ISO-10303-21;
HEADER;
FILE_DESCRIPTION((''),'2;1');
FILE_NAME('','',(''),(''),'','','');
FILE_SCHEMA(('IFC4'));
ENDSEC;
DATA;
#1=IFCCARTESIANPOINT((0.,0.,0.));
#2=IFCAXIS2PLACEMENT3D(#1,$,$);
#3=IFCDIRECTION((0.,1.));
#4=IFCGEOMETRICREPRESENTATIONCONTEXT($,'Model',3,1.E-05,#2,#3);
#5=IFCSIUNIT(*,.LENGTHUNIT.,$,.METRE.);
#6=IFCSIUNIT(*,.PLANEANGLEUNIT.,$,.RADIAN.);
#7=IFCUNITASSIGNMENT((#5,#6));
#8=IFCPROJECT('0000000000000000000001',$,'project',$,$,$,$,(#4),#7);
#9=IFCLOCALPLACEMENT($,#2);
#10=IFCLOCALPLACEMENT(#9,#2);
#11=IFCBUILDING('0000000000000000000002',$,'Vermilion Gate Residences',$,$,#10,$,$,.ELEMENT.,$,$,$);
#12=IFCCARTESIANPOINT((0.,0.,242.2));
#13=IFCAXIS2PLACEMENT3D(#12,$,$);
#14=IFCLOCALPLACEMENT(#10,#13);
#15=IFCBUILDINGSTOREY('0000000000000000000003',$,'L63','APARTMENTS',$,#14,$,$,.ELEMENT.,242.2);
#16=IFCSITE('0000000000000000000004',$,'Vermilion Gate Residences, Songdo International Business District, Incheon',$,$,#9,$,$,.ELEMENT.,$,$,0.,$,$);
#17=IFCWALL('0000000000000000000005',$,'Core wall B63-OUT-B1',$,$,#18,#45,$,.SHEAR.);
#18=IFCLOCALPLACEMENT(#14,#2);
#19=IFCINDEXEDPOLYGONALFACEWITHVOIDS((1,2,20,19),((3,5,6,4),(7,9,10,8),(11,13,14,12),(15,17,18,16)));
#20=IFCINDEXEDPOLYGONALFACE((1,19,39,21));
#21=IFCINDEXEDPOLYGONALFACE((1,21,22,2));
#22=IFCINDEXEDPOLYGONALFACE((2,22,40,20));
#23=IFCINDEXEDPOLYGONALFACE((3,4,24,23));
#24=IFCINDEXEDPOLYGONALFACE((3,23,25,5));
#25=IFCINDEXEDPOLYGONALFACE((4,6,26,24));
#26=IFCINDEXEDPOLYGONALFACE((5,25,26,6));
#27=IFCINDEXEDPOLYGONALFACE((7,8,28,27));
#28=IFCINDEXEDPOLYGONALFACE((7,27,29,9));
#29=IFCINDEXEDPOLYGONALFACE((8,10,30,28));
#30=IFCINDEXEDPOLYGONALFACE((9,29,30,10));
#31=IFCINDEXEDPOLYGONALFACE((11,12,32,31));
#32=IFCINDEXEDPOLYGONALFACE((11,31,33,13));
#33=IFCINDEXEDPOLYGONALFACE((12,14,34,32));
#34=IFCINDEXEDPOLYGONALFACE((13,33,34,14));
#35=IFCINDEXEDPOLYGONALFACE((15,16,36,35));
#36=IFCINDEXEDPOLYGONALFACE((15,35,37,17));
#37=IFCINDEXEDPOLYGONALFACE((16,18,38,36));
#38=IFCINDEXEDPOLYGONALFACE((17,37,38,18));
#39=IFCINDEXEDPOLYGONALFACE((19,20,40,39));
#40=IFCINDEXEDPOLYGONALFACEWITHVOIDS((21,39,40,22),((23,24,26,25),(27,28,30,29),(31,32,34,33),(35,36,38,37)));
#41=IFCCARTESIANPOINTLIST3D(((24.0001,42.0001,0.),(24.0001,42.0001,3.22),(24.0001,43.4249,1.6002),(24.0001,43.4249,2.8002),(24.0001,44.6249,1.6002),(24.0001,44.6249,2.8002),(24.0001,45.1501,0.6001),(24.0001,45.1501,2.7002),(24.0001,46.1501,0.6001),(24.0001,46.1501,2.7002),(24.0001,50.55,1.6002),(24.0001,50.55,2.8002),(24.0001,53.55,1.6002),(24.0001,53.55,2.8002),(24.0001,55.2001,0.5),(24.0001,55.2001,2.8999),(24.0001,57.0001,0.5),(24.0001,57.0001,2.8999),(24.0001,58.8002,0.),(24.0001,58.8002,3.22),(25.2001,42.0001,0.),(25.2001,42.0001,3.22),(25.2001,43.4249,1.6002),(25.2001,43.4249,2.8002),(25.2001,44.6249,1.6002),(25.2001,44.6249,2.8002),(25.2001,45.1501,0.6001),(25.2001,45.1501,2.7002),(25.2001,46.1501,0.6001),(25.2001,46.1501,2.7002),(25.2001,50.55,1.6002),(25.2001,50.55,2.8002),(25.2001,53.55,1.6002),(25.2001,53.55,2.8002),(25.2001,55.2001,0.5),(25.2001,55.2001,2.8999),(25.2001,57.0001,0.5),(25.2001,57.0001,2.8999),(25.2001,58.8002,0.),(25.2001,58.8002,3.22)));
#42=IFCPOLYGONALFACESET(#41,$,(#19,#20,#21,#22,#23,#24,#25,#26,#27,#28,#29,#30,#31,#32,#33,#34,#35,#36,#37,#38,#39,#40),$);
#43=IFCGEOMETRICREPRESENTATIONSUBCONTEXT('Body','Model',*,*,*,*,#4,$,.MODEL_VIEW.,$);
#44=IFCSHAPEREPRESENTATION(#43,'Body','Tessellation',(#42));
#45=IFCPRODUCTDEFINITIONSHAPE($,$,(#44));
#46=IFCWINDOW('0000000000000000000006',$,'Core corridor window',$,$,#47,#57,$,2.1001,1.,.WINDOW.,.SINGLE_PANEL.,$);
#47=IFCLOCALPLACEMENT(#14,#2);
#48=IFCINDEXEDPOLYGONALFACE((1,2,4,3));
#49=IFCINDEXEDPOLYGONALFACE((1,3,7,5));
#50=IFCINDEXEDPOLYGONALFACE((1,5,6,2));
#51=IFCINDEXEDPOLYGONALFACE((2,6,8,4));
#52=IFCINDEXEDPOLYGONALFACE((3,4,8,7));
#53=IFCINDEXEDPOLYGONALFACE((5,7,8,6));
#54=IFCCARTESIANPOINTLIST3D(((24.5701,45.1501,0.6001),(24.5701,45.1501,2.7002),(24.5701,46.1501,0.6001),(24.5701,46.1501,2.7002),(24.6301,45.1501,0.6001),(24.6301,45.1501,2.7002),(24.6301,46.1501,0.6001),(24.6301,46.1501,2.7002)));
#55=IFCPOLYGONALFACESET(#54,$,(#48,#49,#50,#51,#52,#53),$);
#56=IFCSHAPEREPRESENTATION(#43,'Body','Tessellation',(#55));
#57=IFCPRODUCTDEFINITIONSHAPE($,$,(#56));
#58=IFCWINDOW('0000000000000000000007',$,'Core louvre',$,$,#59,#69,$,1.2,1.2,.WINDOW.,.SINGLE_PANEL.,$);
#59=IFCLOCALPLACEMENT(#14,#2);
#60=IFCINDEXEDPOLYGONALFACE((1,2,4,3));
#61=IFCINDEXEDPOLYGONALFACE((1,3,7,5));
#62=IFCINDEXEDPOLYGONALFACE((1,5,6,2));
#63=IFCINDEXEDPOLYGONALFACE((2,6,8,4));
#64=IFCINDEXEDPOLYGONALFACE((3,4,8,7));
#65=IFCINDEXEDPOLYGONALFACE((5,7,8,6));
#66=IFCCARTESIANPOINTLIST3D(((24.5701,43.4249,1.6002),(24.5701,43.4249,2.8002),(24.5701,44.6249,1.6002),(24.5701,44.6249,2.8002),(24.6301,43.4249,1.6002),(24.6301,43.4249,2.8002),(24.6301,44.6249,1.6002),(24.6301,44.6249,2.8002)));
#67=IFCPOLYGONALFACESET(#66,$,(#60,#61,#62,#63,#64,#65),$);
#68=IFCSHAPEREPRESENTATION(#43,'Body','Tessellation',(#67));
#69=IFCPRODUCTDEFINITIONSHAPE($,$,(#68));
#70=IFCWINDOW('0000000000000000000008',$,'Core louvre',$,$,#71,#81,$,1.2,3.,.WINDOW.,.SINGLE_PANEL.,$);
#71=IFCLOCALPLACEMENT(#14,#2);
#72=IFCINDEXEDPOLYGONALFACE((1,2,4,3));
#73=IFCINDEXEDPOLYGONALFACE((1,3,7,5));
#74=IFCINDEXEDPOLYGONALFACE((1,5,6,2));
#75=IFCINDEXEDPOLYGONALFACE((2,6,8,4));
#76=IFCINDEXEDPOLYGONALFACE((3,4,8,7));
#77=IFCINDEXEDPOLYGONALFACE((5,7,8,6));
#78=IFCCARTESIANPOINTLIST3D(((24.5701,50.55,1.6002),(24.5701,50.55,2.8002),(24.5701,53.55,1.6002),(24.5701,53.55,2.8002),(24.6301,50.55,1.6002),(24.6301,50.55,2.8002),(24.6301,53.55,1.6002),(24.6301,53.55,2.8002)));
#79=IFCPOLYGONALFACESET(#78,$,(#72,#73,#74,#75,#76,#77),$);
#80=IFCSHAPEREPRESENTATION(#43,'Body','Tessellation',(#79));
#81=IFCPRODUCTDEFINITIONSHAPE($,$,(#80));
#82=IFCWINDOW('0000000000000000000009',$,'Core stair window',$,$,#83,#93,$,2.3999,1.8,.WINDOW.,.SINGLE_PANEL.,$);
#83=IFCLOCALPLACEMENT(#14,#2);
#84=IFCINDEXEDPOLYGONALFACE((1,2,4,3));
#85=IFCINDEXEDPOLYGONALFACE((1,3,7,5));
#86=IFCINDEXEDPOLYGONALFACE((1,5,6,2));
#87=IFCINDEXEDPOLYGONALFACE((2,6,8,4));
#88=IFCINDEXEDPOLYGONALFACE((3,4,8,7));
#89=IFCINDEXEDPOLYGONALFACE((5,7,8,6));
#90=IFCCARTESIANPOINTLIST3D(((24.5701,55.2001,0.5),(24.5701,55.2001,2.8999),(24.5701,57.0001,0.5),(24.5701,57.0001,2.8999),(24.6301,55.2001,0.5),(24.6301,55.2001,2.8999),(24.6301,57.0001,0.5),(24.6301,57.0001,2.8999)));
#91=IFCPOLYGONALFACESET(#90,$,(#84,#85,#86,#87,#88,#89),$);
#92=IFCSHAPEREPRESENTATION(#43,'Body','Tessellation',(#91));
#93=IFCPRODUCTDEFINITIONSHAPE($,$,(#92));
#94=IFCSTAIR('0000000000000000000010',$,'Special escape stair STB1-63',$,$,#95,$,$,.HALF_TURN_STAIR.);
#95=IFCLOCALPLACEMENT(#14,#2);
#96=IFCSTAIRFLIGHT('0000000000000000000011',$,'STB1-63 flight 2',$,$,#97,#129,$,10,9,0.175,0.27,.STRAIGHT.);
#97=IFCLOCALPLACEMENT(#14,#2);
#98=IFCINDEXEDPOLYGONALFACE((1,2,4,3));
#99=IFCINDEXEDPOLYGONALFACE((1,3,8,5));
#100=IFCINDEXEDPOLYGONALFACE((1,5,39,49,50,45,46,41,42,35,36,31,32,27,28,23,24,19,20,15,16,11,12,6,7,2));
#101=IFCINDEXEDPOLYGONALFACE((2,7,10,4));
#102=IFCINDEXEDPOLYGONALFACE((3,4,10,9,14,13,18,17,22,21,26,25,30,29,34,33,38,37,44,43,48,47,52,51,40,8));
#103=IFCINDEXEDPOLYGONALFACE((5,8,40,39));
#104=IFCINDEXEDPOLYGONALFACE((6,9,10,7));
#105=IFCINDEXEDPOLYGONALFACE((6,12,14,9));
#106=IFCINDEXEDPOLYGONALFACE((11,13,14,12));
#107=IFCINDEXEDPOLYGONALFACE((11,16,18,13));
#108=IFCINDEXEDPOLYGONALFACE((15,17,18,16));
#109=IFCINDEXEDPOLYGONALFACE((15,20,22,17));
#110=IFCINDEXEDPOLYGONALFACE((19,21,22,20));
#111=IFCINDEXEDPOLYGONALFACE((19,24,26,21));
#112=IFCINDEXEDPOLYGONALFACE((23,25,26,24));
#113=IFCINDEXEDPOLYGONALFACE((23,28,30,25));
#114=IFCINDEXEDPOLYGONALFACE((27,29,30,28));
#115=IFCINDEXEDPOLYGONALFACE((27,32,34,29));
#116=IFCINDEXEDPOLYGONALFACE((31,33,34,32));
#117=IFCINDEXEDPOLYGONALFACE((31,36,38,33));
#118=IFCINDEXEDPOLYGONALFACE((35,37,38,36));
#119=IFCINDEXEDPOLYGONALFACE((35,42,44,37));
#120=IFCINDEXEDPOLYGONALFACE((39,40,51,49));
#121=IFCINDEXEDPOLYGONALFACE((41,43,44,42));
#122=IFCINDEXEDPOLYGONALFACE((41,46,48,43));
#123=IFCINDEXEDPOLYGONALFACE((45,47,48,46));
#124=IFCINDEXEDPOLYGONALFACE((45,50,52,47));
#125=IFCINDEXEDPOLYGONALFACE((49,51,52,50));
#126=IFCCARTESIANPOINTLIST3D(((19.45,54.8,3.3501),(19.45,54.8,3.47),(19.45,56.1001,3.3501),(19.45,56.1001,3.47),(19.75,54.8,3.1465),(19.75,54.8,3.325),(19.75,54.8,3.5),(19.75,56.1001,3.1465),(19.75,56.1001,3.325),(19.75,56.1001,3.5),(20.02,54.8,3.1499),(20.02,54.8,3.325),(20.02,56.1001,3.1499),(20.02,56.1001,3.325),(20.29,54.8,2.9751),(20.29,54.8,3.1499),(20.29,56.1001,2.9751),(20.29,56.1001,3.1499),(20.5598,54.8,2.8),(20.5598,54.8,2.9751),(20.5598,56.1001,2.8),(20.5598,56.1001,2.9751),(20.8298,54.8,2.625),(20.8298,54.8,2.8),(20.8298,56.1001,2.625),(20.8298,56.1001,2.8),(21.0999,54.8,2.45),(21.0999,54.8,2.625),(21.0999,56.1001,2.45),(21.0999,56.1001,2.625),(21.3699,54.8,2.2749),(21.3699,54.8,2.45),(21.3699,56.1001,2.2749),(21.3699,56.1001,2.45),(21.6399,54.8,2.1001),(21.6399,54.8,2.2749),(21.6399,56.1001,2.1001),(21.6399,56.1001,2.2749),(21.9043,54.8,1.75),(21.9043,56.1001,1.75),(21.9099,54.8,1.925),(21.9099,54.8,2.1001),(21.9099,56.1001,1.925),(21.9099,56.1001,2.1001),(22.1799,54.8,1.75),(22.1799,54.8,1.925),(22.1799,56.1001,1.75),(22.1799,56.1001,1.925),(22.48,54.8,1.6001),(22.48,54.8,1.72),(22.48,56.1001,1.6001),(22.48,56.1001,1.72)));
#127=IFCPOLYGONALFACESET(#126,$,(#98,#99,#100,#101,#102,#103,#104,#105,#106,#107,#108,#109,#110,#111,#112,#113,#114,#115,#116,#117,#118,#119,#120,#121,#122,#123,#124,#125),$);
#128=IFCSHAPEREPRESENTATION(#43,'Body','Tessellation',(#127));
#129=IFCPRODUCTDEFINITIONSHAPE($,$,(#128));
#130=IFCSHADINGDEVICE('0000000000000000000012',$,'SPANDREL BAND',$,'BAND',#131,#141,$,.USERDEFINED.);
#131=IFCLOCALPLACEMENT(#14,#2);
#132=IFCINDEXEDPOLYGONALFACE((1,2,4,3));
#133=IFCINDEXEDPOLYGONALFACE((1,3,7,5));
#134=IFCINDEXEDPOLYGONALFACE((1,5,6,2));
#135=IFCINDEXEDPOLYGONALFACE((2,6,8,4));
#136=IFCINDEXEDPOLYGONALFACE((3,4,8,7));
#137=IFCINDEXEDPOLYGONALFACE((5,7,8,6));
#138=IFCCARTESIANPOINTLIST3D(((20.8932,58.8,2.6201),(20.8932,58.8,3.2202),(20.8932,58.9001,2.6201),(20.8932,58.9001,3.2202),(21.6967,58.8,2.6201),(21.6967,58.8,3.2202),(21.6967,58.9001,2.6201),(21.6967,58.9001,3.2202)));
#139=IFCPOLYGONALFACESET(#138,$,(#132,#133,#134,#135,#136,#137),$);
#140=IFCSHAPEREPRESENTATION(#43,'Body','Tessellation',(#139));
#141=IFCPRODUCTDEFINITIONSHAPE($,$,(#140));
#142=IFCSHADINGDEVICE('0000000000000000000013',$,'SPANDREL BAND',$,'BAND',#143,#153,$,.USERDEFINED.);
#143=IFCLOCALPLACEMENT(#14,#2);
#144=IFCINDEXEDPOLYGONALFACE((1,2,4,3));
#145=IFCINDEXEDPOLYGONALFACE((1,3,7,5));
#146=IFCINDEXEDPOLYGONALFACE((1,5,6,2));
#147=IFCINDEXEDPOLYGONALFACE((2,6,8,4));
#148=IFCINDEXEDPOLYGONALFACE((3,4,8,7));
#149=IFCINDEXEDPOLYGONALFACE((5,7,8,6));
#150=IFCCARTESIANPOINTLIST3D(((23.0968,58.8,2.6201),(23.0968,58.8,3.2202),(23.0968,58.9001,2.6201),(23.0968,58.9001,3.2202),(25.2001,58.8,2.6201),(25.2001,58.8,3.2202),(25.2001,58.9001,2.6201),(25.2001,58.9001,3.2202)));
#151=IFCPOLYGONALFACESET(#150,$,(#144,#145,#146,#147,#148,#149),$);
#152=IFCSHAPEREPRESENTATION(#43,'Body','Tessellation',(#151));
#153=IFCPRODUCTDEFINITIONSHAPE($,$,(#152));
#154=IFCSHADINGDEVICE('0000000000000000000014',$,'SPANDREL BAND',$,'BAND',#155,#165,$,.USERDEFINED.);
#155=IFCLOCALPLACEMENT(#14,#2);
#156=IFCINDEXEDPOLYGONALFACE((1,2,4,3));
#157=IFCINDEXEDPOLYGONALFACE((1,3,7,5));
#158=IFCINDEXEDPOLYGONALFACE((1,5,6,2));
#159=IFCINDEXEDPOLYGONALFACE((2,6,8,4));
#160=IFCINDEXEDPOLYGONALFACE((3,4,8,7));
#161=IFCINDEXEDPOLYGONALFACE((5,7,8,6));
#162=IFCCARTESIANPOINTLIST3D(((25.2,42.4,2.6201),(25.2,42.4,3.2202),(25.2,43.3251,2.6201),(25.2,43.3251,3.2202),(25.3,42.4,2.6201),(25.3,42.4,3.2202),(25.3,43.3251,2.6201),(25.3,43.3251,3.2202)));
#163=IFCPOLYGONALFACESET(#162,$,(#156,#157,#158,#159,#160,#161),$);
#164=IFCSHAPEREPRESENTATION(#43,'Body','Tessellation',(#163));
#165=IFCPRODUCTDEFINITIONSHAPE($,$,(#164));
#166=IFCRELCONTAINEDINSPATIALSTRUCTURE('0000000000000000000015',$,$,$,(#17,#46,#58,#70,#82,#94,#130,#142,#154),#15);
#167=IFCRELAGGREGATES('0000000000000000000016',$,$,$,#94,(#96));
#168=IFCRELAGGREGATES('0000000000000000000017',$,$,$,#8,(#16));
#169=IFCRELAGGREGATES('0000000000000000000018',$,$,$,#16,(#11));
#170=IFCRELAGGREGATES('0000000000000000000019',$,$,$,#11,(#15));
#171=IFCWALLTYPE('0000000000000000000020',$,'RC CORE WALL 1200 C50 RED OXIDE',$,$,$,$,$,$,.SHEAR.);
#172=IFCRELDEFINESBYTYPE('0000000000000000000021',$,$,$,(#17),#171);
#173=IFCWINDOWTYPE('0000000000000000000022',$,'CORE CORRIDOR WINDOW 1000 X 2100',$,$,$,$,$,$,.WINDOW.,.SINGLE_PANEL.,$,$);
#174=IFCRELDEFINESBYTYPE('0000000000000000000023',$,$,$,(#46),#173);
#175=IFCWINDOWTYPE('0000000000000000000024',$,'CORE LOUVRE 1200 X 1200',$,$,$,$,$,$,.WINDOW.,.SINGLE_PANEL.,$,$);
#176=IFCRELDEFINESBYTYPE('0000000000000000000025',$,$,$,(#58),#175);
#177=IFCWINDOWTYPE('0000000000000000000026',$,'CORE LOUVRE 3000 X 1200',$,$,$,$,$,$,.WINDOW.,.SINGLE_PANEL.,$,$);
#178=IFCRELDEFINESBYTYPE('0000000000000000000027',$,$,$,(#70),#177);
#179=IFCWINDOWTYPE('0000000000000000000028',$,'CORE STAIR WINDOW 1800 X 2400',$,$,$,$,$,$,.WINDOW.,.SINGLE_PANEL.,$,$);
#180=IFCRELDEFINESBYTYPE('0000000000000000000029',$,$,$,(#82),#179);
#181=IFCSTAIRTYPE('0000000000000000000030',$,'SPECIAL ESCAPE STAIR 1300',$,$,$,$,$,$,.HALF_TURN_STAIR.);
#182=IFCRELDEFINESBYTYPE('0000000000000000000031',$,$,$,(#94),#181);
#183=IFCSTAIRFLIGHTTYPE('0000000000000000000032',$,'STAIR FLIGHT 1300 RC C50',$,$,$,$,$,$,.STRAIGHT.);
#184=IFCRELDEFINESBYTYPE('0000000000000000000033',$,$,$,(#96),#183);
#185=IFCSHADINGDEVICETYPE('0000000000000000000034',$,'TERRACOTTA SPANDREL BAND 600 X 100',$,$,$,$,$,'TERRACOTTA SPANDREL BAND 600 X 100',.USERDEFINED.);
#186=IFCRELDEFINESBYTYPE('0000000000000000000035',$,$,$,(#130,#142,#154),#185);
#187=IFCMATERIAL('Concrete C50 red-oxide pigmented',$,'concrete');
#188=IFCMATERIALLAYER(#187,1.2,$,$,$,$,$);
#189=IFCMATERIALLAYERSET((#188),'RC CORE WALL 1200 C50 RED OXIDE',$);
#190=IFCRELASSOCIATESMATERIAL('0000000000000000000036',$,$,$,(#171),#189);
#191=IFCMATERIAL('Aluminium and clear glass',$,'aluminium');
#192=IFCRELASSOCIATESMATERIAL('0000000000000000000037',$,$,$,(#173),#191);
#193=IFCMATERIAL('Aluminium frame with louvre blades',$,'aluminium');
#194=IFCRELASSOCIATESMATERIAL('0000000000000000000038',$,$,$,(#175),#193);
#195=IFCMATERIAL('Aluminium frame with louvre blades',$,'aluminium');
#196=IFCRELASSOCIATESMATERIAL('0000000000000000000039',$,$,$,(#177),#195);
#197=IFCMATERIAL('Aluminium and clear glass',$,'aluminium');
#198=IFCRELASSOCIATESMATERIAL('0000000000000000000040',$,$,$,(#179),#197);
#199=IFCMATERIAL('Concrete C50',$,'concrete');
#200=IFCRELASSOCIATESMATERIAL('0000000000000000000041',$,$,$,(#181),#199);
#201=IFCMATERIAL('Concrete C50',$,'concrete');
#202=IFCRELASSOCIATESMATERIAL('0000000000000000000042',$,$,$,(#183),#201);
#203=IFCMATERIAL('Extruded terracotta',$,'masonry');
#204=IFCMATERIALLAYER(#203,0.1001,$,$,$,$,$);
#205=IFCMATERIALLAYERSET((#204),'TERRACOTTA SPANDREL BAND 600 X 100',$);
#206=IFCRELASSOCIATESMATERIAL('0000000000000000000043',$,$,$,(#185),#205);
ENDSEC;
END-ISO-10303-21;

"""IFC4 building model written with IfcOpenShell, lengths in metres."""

from ifc_helpers import new_model, si_unit, direction, frame, frame_2d, origin, origin_2d, place, context, subcontext, project, spatial, polyline, rectangle, outline, extrude, material, layer, layer_set, type_object, element, fill, aggregate, save


model = new_model("IFC4")

# Units and contexts
model_context = context("Model", 3, precision=1e-05, world=origin(), true_north=direction((0.0, 1.0)))
body_context = subcontext(model_context, "Body", "Model", "MODEL_VIEW")
ifc_project = project(units=[si_unit("LENGTHUNIT", "METRE"), si_unit("PLANEANGLEUNIT", "RADIAN")], contexts=[model_context])

# Site, building, storey
site_placement = place(None, origin())
site = spatial("IfcSite", under=ifc_project, at=site_placement, Name="Vermilion Gate Residences, Songdo International Business District, Incheon", CompositionType="ELEMENT", RefElevation=0.0)
building_placement = place(site_placement, origin())
building = spatial("IfcBuilding", under=site, at=building_placement, Name="Vermilion Gate Residences", CompositionType="ELEMENT")
storey_placement = place(building_placement, frame((0.0, 0.0, 242.2)))
storey = spatial("IfcBuildingStorey", under=building, at=storey_placement, Name="L63", Description="APARTMENTS", CompositionType="ELEMENT", Elevation=242.2)

# Wall, openings, windows
ifc_material_1 = material(Name="Concrete C50 red-oxide pigmented", Category="concrete")
ifc_layer_1 = layer(ifc_material_1, 1.2)
ifc_layer_set_1 = layer_set([ifc_layer_1], Name="RC CORE WALL 1200 C50 RED OXIDE")
wall_type_1 = type_object("IfcWallType", Name="RC CORE WALL 1200 C50 RED OXIDE", PredefinedType="SHEAR", material=ifc_layer_set_1)
wall_1_placement = place(storey_placement, frame((24.6001, 58.8, 0.0), z_axis=(0.0, 0.0, 1.0), x_axis=(0.0, -1.0, 0.0)))
wall_1 = element("IfcWall", 1, at=wall_1_placement, inside=storey, type_object=wall_type_1, Name="Core wall B63-OUT-B1", PredefinedType="SHEAR", context=body_context, shape_type="SweptSolid", body=[
    extrude(rectangle(XDim=16.8, YDim=1.2, at=frame_2d((8.3999, 0.0))), origin(), (0.0, 0.0, 1.0), 3.22),
])
opening_1_placement = place(wall_1_placement, frame((1.8, 0.0, 0.5)))
opening_1 = element("IfcOpeningElement", 2, at=opening_1_placement, cuts=wall_1, PredefinedType="OPENING", context=body_context, shape_type="SweptSolid", body=[
    extrude(rectangle(XDim=1.8, YDim=2.3999, at=frame_2d((0.8999, 1.2))), frame((0.0, 0.6099, 0.0), z_axis=(0.0, -1.0, 0.0), x_axis=(1.0, 0.0, 0.0)), (0.0, 0.0, 1.0), 1.22),
])
opening_2_placement = place(wall_1_placement, frame((5.25, 0.0, 1.6001)))
opening_2 = element("IfcOpeningElement", 3, at=opening_2_placement, cuts=wall_1, PredefinedType="OPENING", context=body_context, shape_type="SweptSolid", body=[
    extrude(rectangle(XDim=3.0, YDim=1.2, at=frame_2d((1.5, 0.6001))), frame((0.0, 0.6099, 0.0), z_axis=(0.0, -1.0, 0.0), x_axis=(1.0, 0.0, 0.0)), (0.0, 0.0, 1.0), 1.22),
])
opening_3_placement = place(wall_1_placement, frame((12.6499, 0.0, 0.6001)))
opening_3 = element("IfcOpeningElement", 4, at=opening_3_placement, cuts=wall_1, PredefinedType="OPENING", context=body_context, shape_type="SweptSolid", body=[
    extrude(rectangle(XDim=1.0, YDim=2.1001, at=frame_2d((0.5, 1.05))), frame((0.0, 0.6099, 0.0), z_axis=(0.0, -1.0, 0.0), x_axis=(1.0, 0.0, 0.0)), (0.0, 0.0, 1.0), 1.22),
])
opening_4_placement = place(wall_1_placement, frame((14.175, 0.0, 1.6001)))
opening_4 = element("IfcOpeningElement", 5, at=opening_4_placement, cuts=wall_1, PredefinedType="OPENING", context=body_context, shape_type="SweptSolid", body=[
    extrude(rectangle(XDim=1.2, YDim=1.2, at=frame_2d((0.6001, 0.6001))), frame((0.0, 0.6099, 0.0), z_axis=(0.0, -1.0, 0.0), x_axis=(1.0, 0.0, 0.0)), (0.0, 0.0, 1.0), 1.22),
])
ifc_material_2 = material(Name="Aluminium and clear glass", Category="aluminium")
window_type_1 = type_object("IfcWindowType", Name="CORE CORRIDOR WINDOW 1000 X 2100", PartitioningType="SINGLE_PANEL", PredefinedType="WINDOW", material=ifc_material_2)
window_1_placement = place(opening_3_placement, origin())
window_1 = element("IfcWindow", 6, at=window_1_placement, inside=storey, type_object=window_type_1, Name="Core corridor window", OverallHeight=2.1001, OverallWidth=1.0, PartitioningType="SINGLE_PANEL", PredefinedType="WINDOW", context=body_context, shape_type="SweptSolid", body=[
    extrude(rectangle(XDim=1.0, YDim=2.1001, at=frame_2d((0.5, 1.05))), frame((0.0, 0.03, 0.0), z_axis=(0.0, -1.0, 0.0), x_axis=(1.0, 0.0, 0.0)), (0.0, 0.0, 1.0), 0.0601),
])
fill(opening_3, window_1)
ifc_material_3 = material(Name="Aluminium frame with louvre blades", Category="aluminium")
window_type_2 = type_object("IfcWindowType", Name="CORE LOUVRE 1200 X 1200", PartitioningType="SINGLE_PANEL", PredefinedType="WINDOW", material=ifc_material_3)
window_2_placement = place(opening_4_placement, origin())
window_2 = element("IfcWindow", 7, at=window_2_placement, inside=storey, type_object=window_type_2, Name="Core louvre", OverallHeight=1.2, OverallWidth=1.2, PartitioningType="SINGLE_PANEL", PredefinedType="WINDOW", context=body_context, shape_type="SweptSolid", body=[
    extrude(rectangle(XDim=1.2, YDim=1.2, at=frame_2d((0.6001, 0.6001))), frame((0.0, 0.03, 0.0), z_axis=(0.0, -1.0, 0.0), x_axis=(1.0, 0.0, 0.0)), (0.0, 0.0, 1.0), 0.0601),
])
fill(opening_4, window_2)
ifc_material_4 = material(Name="Aluminium frame with louvre blades", Category="aluminium")
window_type_3 = type_object("IfcWindowType", Name="CORE LOUVRE 3000 X 1200", PartitioningType="SINGLE_PANEL", PredefinedType="WINDOW", material=ifc_material_4)
window_3_placement = place(opening_2_placement, origin())
window_3 = element("IfcWindow", 8, at=window_3_placement, inside=storey, type_object=window_type_3, Name="Core louvre", OverallHeight=1.2, OverallWidth=3.0, PartitioningType="SINGLE_PANEL", PredefinedType="WINDOW", context=body_context, shape_type="SweptSolid", body=[
    extrude(rectangle(XDim=3.0, YDim=1.2, at=frame_2d((1.5, 0.6001))), frame((0.0, 0.03, 0.0), z_axis=(0.0, -1.0, 0.0), x_axis=(1.0, 0.0, 0.0)), (0.0, 0.0, 1.0), 0.0601),
])
fill(opening_2, window_3)
ifc_material_5 = material(Name="Aluminium and clear glass", Category="aluminium")
window_type_4 = type_object("IfcWindowType", Name="CORE STAIR WINDOW 1800 X 2400", PartitioningType="SINGLE_PANEL", PredefinedType="WINDOW", material=ifc_material_5)
window_4_placement = place(opening_1_placement, origin())
window_4 = element("IfcWindow", 9, at=window_4_placement, inside=storey, type_object=window_type_4, Name="Core stair window", OverallHeight=2.3999, OverallWidth=1.8, PartitioningType="SINGLE_PANEL", PredefinedType="WINDOW", context=body_context, shape_type="SweptSolid", body=[
    extrude(rectangle(XDim=1.8, YDim=2.3999, at=frame_2d((0.8999, 1.2))), frame((0.0, 0.03, 0.0), z_axis=(0.0, -1.0, 0.0), x_axis=(1.0, 0.0, 0.0)), (0.0, 0.0, 1.0), 0.0601),
])
fill(opening_1, window_4)

# Stair, stair flight
ifc_material_6 = material(Name="Concrete C50", Category="concrete")
stair_type = type_object("IfcStairType", Name="SPECIAL ESCAPE STAIR 1300", PredefinedType="HALF_TURN_STAIR", material=ifc_material_6)
stair_placement = place(storey_placement, origin())
stair = element("IfcStair", 10, at=stair_placement, inside=storey, type_object=stair_type, Name="Special escape stair STB1-63", PredefinedType="HALF_TURN_STAIR")
ifc_material_7 = material(Name="Concrete C50", Category="concrete")
stair_flight_type = type_object("IfcStairFlightType", Name="STAIR FLIGHT 1300 RC C50", PredefinedType="STRAIGHT", material=ifc_material_7)
stair_flight_placement = place(storey_placement, frame((22.1799, 55.45, 1.75), z_axis=(0.0, 0.0, 1.0), x_axis=(-1.0, 0.0, 0.0)))
stair_flight = element("IfcStairFlight", 11, at=stair_flight_placement, type_object=stair_flight_type, Name="STB1-63 flight 2", NumberOfRisers=10, NumberOfTreads=9, PredefinedType="STRAIGHT", RiserHeight=0.175, TreadLength=0.27, context=body_context, shape_type="SweptSolid", body=[
    extrude(outline(polyline([(-0.3, -0.1499), (-0.3, -0.03), (0.0, 0.0), (0.0, 0.175), (0.27, 0.175), (0.27, 0.3501), (0.54, 0.3501), (0.54, 0.5249), (0.8101, 0.5249), (0.8101, 0.7), (1.0801, 0.7), (1.0801, 0.875), (1.3501, 0.875), (1.3501, 1.05), (1.6201, 1.05), (1.6201, 1.2251), (1.8899, 1.2251), (1.8899, 1.3999), (2.1599, 1.3999), (2.1599, 1.575), (2.4299, 1.575), (2.4299, 1.75), (2.73, 1.72), (2.73, 1.6001), (2.4299, 1.3965), (0.2756, 0.0), (-0.3, -0.1499)])), frame((0.0, 0.6499, 0.0), z_axis=(0.0, -1.0, 0.0), x_axis=(1.0, 0.0, 0.0)), (0.0, 0.0, 1.0), 1.3),
])
aggregate(stair, [stair_flight])

# Shading devices
ifc_material_8 = material(Name="Extruded terracotta", Category="masonry")
ifc_layer_2 = layer(ifc_material_8, 0.1001)
ifc_layer_set_2 = layer_set([ifc_layer_2], Name="TERRACOTTA SPANDREL BAND 600 X 100")
shading_device_type = type_object("IfcShadingDeviceType", Name="TERRACOTTA SPANDREL BAND 600 X 100", ElementType="TERRACOTTA SPANDREL BAND 600 X 100", PredefinedType="USERDEFINED", material=ifc_layer_set_2)
shading_device_1_placement = place(storey_placement, frame((21.2949, 58.8501, 2.6201), z_axis=(0.0, 0.0, 1.0), x_axis=(1.0, 0.0, 0.0)))
element("IfcShadingDevice", 12, at=shading_device_1_placement, inside=storey, type_object=shading_device_type, Name="SPANDREL BAND", ObjectType="BAND", PredefinedType="USERDEFINED", context=body_context, shape_type="SweptSolid", body=[
    extrude(rectangle(XDim=0.8035, YDim=0.1001, at=origin_2d()), origin(), (0.0, 0.0, 1.0), 0.6001),
])
shading_device_2_placement = place(storey_placement, frame((24.1484, 58.8501, 2.6201), z_axis=(0.0, 0.0, 1.0), x_axis=(1.0, 0.0, 0.0)))
element("IfcShadingDevice", 13, at=shading_device_2_placement, inside=storey, type_object=shading_device_type, Name="SPANDREL BAND", ObjectType="BAND", PredefinedType="USERDEFINED", context=body_context, shape_type="SweptSolid", body=[
    extrude(rectangle(XDim=2.1033, YDim=0.1001, at=origin_2d()), origin(), (0.0, 0.0, 1.0), 0.6001),
])
shading_device_3_placement = place(storey_placement, frame((25.25, 42.8625, 2.6201), z_axis=(0.0, 0.0, 1.0), x_axis=(0.0, 1.0, 0.0)))
element("IfcShadingDevice", 14, at=shading_device_3_placement, inside=storey, type_object=shading_device_type, Name="SPANDREL BAND", ObjectType="BAND", PredefinedType="USERDEFINED", context=body_context, shape_type="SweptSolid", body=[
    extrude(rectangle(XDim=0.925, YDim=0.1001, at=origin_2d()), origin(), (0.0, 0.0, 1.0), 0.6001),
])

save(model, "model.ifc")
